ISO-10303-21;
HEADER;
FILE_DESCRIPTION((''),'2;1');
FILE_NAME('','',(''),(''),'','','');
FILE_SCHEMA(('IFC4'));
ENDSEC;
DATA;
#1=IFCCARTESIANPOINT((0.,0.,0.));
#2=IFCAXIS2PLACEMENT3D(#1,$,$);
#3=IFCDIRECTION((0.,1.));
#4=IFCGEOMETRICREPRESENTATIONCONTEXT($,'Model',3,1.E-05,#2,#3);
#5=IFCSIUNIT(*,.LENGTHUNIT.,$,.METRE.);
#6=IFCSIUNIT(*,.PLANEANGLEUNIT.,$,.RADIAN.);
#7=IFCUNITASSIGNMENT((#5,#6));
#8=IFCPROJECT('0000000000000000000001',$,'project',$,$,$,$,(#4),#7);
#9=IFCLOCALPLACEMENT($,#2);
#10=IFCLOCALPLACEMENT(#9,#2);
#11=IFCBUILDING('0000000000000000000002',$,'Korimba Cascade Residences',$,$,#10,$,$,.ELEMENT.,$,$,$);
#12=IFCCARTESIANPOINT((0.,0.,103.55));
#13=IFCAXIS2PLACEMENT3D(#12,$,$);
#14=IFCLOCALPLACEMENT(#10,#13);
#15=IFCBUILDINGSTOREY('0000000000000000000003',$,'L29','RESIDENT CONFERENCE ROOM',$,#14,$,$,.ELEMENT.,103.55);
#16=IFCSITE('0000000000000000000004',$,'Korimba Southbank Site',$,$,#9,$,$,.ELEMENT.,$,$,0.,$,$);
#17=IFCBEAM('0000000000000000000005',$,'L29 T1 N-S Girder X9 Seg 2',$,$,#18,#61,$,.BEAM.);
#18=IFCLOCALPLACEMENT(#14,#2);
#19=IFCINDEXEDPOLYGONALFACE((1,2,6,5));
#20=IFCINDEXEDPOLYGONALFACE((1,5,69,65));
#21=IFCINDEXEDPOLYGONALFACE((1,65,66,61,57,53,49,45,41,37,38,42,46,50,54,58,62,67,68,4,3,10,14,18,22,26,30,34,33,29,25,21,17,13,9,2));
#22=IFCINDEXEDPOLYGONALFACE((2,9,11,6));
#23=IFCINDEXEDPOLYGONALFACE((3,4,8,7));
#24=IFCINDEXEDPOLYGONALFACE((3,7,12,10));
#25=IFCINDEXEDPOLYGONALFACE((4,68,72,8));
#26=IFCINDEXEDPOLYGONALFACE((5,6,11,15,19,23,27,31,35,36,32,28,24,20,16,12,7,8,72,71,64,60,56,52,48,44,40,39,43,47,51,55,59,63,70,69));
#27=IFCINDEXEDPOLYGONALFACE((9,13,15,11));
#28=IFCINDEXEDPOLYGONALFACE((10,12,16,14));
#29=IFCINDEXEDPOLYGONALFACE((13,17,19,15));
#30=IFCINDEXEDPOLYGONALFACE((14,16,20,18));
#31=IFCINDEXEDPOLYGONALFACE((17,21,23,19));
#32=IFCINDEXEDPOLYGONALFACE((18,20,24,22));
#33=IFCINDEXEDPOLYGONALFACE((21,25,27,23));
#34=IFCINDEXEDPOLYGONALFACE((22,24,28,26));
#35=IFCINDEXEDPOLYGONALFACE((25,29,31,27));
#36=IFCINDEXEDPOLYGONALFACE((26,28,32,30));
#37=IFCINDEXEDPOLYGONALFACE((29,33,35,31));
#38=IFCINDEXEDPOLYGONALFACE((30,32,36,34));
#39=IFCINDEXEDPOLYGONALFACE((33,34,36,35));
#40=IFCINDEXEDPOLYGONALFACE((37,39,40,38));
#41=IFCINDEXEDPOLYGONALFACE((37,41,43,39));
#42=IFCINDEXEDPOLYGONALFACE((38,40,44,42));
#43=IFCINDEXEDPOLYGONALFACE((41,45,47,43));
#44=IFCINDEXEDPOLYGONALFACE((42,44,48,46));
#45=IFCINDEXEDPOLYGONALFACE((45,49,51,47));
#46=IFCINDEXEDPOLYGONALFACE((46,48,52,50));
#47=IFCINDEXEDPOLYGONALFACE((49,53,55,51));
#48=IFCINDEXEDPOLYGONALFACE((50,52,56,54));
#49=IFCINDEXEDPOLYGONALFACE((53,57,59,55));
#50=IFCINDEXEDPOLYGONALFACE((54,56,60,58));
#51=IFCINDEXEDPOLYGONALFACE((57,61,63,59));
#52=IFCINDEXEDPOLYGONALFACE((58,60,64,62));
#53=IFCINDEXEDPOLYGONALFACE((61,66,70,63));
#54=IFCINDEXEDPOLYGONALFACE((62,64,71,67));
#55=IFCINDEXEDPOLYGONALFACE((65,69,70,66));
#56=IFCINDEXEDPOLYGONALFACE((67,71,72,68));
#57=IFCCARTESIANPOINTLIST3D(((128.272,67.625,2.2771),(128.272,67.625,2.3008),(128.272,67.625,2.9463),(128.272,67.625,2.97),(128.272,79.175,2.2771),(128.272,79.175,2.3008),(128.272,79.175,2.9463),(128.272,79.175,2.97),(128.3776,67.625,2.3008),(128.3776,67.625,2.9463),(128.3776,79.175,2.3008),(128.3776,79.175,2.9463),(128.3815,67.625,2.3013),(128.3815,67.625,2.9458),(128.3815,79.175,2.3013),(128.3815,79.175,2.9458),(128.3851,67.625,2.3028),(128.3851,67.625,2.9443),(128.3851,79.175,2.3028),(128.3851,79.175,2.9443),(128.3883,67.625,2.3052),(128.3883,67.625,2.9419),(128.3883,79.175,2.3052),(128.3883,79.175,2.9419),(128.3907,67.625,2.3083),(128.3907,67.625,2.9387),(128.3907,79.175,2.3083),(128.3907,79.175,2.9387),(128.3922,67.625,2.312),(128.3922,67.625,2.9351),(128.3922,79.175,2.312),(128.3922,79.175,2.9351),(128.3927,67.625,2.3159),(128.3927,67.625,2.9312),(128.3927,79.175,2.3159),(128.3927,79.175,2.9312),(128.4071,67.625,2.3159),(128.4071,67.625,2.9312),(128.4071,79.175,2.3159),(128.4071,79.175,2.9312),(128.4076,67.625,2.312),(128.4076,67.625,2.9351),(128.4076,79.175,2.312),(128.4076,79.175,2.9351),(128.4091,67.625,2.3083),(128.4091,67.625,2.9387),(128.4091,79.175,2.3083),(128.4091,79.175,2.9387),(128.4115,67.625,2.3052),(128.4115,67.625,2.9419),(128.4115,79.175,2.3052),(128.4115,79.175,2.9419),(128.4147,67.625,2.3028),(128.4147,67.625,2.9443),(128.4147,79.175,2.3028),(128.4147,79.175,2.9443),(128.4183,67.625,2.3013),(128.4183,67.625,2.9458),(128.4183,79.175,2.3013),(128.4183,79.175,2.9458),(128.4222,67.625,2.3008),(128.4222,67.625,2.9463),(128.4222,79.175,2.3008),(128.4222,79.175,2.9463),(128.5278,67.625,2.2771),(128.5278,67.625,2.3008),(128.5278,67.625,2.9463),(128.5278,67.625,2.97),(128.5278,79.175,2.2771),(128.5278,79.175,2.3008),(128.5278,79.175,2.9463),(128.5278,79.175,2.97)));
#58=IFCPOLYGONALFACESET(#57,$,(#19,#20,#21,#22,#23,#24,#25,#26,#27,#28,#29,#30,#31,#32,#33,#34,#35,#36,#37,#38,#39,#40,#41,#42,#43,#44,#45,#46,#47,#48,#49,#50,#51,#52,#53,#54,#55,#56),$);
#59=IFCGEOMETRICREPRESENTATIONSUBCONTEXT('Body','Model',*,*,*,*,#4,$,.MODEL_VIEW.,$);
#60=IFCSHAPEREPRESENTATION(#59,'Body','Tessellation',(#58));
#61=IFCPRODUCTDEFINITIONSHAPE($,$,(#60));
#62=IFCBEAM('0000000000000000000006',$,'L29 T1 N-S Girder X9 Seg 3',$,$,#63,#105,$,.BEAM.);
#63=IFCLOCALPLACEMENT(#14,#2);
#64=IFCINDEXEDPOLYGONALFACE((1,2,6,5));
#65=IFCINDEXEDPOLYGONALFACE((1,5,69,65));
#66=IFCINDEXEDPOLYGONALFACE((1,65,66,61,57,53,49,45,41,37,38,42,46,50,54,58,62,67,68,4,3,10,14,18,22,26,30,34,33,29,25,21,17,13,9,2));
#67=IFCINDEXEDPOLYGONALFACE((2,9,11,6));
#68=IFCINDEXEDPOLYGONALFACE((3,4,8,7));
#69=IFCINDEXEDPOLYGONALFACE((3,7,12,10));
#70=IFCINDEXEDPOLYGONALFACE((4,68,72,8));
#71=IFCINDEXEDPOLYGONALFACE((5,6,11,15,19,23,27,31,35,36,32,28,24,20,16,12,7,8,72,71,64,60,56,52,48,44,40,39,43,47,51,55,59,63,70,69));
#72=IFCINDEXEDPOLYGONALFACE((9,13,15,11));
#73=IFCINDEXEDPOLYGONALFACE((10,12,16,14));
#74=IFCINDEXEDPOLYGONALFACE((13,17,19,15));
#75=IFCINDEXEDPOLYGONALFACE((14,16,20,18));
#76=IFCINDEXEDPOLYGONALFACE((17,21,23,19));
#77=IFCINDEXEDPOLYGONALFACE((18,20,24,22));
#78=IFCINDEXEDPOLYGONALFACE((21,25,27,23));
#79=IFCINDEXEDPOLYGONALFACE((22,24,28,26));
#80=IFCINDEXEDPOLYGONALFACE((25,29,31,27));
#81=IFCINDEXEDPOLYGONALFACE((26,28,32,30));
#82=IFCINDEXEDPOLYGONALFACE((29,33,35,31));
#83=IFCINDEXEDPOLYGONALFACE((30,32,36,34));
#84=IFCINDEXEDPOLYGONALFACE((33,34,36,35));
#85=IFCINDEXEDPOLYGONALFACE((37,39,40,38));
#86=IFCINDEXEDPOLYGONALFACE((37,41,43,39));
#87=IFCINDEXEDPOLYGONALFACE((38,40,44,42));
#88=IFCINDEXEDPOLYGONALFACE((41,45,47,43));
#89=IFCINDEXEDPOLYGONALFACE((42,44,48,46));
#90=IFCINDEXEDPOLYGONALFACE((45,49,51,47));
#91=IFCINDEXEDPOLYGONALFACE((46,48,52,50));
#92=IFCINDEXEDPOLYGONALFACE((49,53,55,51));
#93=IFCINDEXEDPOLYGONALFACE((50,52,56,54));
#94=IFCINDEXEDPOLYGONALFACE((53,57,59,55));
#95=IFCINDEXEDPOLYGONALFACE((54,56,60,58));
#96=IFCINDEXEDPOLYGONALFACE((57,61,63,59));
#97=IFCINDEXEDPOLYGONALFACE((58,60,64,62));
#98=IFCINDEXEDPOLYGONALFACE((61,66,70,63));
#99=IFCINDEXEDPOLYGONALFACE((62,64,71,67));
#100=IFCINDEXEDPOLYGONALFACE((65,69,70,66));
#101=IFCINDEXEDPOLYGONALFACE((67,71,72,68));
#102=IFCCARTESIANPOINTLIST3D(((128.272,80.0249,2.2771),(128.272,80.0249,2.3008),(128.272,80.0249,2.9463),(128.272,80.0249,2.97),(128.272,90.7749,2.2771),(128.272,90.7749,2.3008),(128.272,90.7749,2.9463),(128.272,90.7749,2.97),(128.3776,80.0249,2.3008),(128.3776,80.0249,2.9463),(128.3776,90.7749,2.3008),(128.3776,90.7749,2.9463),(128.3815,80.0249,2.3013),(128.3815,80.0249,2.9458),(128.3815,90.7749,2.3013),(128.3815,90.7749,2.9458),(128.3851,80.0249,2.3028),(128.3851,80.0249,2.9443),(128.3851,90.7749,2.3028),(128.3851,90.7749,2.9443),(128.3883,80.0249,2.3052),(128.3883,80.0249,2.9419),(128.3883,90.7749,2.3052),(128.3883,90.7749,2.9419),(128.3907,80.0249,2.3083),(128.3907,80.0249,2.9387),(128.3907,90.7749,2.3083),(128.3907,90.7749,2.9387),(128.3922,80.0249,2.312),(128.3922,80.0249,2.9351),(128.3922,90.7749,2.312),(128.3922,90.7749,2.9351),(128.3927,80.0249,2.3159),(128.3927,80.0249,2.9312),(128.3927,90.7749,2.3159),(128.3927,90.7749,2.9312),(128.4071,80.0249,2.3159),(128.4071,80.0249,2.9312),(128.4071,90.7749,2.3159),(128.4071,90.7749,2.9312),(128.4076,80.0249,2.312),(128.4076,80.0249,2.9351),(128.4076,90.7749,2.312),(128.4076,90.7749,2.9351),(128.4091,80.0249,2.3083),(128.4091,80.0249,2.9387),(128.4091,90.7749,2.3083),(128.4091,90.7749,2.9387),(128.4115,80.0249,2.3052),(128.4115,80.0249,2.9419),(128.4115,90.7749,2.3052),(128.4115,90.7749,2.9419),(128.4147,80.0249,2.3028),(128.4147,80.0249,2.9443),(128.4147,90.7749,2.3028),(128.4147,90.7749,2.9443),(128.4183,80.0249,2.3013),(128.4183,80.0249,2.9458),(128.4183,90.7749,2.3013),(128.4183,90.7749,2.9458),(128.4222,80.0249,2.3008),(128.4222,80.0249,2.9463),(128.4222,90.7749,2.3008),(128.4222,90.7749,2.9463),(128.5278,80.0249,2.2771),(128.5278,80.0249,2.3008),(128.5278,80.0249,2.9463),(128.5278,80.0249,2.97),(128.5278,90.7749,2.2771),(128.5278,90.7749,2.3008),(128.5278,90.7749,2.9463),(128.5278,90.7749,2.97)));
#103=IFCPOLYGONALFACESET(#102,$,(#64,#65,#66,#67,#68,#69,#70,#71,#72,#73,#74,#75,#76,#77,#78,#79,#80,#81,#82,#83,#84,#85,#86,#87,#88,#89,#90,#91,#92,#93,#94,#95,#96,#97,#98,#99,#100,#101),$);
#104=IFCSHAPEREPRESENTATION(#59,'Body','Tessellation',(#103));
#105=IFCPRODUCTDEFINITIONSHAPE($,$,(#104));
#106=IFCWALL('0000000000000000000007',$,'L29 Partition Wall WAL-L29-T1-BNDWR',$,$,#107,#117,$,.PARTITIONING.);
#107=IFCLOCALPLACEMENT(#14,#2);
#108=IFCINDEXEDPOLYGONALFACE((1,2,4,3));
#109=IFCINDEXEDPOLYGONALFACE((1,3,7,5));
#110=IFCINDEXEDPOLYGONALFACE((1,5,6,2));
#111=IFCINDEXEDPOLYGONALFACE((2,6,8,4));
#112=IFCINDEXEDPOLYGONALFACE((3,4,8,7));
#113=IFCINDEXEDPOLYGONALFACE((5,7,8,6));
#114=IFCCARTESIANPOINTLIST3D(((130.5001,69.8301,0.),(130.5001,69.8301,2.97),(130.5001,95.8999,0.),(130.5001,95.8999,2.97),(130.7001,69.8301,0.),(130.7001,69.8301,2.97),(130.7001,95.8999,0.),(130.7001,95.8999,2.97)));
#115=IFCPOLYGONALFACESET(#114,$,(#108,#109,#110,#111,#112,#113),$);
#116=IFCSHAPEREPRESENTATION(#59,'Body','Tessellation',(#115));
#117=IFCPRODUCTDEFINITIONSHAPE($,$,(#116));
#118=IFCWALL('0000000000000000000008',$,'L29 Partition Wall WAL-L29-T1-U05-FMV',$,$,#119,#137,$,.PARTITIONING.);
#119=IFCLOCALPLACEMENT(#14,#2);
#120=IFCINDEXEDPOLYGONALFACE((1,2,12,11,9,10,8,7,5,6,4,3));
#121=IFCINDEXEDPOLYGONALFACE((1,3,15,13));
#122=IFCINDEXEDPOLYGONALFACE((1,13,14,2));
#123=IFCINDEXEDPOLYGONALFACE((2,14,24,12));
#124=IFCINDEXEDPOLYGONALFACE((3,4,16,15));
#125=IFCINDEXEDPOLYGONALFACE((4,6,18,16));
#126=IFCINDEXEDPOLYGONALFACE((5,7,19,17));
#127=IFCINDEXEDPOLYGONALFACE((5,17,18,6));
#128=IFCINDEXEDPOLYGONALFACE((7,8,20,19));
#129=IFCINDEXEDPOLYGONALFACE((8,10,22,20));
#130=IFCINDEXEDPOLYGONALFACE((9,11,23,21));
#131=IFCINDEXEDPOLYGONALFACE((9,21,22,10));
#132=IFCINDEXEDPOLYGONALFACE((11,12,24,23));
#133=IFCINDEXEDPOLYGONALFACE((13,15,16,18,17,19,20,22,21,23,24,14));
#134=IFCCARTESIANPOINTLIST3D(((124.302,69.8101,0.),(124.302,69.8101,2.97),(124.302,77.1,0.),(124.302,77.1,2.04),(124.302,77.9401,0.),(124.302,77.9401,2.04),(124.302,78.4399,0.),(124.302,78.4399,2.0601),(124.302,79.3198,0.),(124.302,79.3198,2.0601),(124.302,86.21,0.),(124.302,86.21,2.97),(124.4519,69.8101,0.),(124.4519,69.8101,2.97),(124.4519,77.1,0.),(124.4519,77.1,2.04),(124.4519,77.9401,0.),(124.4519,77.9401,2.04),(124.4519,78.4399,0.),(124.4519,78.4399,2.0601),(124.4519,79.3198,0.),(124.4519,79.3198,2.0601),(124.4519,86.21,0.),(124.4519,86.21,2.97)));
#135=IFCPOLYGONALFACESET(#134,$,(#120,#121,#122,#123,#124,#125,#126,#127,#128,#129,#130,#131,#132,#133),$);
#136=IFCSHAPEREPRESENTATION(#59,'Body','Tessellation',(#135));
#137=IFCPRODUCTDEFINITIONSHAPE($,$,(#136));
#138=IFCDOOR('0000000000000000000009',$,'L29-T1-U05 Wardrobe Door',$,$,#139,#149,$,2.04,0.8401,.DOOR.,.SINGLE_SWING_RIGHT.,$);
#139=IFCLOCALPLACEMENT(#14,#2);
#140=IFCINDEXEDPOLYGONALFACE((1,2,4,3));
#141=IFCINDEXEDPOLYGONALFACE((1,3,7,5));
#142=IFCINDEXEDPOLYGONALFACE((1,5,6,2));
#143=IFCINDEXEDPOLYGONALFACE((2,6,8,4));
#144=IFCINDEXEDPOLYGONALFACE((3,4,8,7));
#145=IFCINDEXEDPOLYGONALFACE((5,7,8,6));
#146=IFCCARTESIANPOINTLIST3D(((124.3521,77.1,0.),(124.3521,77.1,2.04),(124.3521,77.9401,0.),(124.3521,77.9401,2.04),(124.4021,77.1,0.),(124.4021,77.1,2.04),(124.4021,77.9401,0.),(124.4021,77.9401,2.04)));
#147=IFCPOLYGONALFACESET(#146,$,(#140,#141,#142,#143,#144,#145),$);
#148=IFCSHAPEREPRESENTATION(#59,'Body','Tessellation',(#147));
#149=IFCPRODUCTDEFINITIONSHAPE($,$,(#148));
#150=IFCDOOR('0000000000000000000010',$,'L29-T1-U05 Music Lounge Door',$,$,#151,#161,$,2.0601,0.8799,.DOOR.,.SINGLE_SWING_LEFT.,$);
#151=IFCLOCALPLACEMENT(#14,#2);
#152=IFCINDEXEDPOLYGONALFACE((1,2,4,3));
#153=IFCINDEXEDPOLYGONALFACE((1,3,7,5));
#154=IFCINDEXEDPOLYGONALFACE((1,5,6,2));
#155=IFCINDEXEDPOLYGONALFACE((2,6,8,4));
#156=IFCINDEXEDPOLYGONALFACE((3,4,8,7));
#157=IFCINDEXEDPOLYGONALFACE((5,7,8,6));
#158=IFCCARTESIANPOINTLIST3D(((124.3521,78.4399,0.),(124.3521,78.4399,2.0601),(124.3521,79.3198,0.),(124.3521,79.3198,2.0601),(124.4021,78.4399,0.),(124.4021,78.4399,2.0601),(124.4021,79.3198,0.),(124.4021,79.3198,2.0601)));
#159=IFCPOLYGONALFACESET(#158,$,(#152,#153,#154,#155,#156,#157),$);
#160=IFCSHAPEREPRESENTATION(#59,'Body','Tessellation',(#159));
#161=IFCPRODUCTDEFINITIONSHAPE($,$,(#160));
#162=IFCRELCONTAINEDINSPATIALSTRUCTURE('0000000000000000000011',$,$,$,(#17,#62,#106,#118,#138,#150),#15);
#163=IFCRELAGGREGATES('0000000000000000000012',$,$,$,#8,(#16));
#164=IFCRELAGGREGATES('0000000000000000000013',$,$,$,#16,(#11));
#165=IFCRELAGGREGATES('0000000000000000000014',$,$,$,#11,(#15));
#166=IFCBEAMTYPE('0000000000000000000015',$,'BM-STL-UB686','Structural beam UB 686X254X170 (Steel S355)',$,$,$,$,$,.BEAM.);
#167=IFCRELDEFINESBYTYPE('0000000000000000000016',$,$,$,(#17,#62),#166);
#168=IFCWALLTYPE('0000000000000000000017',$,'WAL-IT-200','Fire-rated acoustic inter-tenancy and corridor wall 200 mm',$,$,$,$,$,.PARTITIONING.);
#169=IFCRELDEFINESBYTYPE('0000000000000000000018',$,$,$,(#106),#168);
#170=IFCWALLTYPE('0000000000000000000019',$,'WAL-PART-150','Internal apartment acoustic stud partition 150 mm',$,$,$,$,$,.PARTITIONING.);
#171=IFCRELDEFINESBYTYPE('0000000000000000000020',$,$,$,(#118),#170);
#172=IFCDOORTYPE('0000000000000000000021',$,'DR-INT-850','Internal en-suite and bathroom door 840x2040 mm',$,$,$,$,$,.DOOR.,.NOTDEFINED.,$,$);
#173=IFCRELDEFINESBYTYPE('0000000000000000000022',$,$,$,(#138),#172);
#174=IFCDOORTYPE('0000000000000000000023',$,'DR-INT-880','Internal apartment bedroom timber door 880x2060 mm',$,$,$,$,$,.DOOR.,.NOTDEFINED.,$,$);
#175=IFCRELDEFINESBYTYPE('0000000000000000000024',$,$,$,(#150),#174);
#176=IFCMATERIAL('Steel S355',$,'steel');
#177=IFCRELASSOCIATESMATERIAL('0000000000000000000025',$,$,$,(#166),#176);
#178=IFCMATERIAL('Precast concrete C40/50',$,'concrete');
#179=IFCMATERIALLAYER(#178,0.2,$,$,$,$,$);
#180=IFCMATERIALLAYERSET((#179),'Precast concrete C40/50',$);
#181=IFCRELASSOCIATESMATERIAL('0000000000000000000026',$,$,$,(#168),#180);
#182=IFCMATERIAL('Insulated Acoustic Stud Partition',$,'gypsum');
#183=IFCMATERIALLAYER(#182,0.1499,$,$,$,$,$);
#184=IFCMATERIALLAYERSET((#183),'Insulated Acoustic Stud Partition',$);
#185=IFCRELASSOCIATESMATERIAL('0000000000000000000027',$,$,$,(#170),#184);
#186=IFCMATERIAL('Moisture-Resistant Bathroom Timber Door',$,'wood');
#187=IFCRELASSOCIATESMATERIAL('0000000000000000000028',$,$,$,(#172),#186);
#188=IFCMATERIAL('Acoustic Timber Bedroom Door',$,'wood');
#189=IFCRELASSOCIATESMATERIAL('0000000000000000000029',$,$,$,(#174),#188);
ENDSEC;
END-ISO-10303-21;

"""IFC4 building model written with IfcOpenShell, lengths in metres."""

from ifc_helpers import new_model, si_unit, direction, frame, frame_2d, origin, origin_2d, place, context, subcontext, project, spatial, rectangle, i_section, extrude, material, layer, layer_set, material_profile, profile_set, type_object, element, fill, save


model = new_model("IFC4")

# Units and contexts
model_context = context("Model", 3, precision=1e-05, world=origin(), true_north=direction((0.0, 1.0)))
body_context = subcontext(model_context, "Body", "Model", "MODEL_VIEW")
ifc_project = project(units=[si_unit("LENGTHUNIT", "METRE"), si_unit("PLANEANGLEUNIT", "RADIAN")], contexts=[model_context])

# Site, building, storey
site_placement = place(None, origin())
site = spatial("IfcSite", under=ifc_project, at=site_placement, Name="Korimba Southbank Site", CompositionType="ELEMENT", RefElevation=0.0)
building_placement = place(site_placement, origin())
building = spatial("IfcBuilding", under=site, at=building_placement, Name="Korimba Cascade Residences", CompositionType="ELEMENT")
storey_placement = place(building_placement, frame((0.0, 0.0, 103.55)))
storey = spatial("IfcBuildingStorey", under=building, at=storey_placement, Name="L29", Description="RESIDENT CONFERENCE ROOM", CompositionType="ELEMENT", Elevation=103.55)

# Beams
ifc_material_1 = material(Name="Steel S355", Category="steel")
ifc_material_profile_1 = material_profile(ifc_material_1, i_section(OverallWidth=0.2559, OverallDepth=0.6929, WebThickness=0.0144, FlangeThickness=0.0237, FilletRadius=0.0151, at=origin_2d()), Name="Steel S355")
ifc_profile_set_1 = profile_set([ifc_material_profile_1], Name="Steel S355")
beam_type_1 = type_object("IfcBeamType", Name="BM-STL-UB686", Description="Structural beam UB 686X254X170 (Steel S355)", PredefinedType="BEAM", material=ifc_profile_set_1)
beam_1_placement = place(storey_placement, frame((128.3999, 67.625, 2.6235), z_axis=(0.0, 1.0, 0.0), x_axis=(-1.0, 0.0, 0.0)))
element("IfcBeam", 1, at=beam_1_placement, inside=storey, type_object=beam_type_1, Name="L29 T1 N-S Girder X9 Seg 2", PredefinedType="BEAM", context=body_context, shape_type="SweptSolid", body=[
    extrude(i_section(OverallWidth=0.2559, OverallDepth=0.6929, WebThickness=0.0144, FlangeThickness=0.0237, FilletRadius=0.0151, at=origin_2d()), origin(), (0.0, 0.0, 1.0), 11.55),
])
beam_2_placement = place(storey_placement, frame((128.3999, 80.0249, 2.6235), z_axis=(0.0, 1.0, 0.0), x_axis=(-1.0, 0.0, 0.0)))
element("IfcBeam", 2, at=beam_2_placement, inside=storey, type_object=beam_type_1, Name="L29 T1 N-S Girder X9 Seg 3", PredefinedType="BEAM", context=body_context, shape_type="SweptSolid", body=[
    extrude(i_section(OverallWidth=0.2559, OverallDepth=0.6929, WebThickness=0.0144, FlangeThickness=0.0237, FilletRadius=0.0151, at=origin_2d()), origin(), (0.0, 0.0, 1.0), 10.75),
])

# Wall
ifc_material_2 = material(Name="Precast concrete C40/50", Category="concrete")
ifc_layer_1 = layer(ifc_material_2, 0.2)
ifc_layer_set_1 = layer_set([ifc_layer_1], Name="Precast concrete C40/50")
wall_type_1 = type_object("IfcWallType", Name="WAL-IT-200", Description="Fire-rated acoustic inter-tenancy and corridor wall 200 mm", PredefinedType="PARTITIONING", material=ifc_layer_set_1)
wall_1_placement = place(storey_placement, frame((130.6001, 69.8301, 0.0), z_axis=(0.0, 0.0, 1.0), x_axis=(0.0, 1.0, 0.0)))
element("IfcWall", 3, at=wall_1_placement, inside=storey, type_object=wall_type_1, Name="L29 Partition Wall WAL-L29-T1-BNDWR", PredefinedType="PARTITIONING", context=body_context, shape_type="SweptSolid", body=[
    extrude(rectangle(XDim=26.0698, YDim=0.2, at=frame_2d((13.0349, 0.0))), origin(), (0.0, 0.0, 1.0), 2.97),
])

# Wall, openings, doors
ifc_material_3 = material(Name="Insulated Acoustic Stud Partition", Category="gypsum")
ifc_layer_2 = layer(ifc_material_3, 0.1499)
ifc_layer_set_2 = layer_set([ifc_layer_2], Name="Insulated Acoustic Stud Partition")
wall_type_2 = type_object("IfcWallType", Name="WAL-PART-150", Description="Internal apartment acoustic stud partition 150 mm", PredefinedType="PARTITIONING", material=ifc_layer_set_2)
wall_2_placement = place(storey_placement, frame((124.377, 69.8101, 0.0), z_axis=(0.0, 0.0, 1.0), x_axis=(0.0, 1.0, 0.0)))
wall_2 = element("IfcWall", 4, at=wall_2_placement, inside=storey, type_object=wall_type_2, Name="L29 Partition Wall WAL-L29-T1-U05-FMV", PredefinedType="PARTITIONING", context=body_context, shape_type="SweptSolid", body=[
    extrude(rectangle(XDim=16.3999, YDim=0.1499, at=frame_2d((8.2, 0.0))), origin(), (0.0, 0.0, 1.0), 2.97),
])
opening_1_placement = place(wall_2_placement, frame((7.29, 0.0, 0.0)))
opening_1 = element("IfcOpeningElement", 5, at=opening_1_placement, cuts=wall_2, PredefinedType="OPENING", context=body_context, shape_type="SweptSolid", body=[
    extrude(rectangle(XDim=0.8401, YDim=2.04, at=frame_2d((0.4199, 1.02))), frame((0.0, 0.085, 0.0), z_axis=(0.0, -1.0, 0.0), x_axis=(1.0, 0.0, 0.0)), (0.0, 0.0, 1.0), 0.1699),
])
opening_2_placement = place(wall_2_placement, frame((8.6299, 0.0, 0.0)))
opening_2 = element("IfcOpeningElement", 6, at=opening_2_placement, cuts=wall_2, PredefinedType="OPENING", context=body_context, shape_type="SweptSolid", body=[
    extrude(rectangle(XDim=0.8799, YDim=2.0601, at=frame_2d((0.4399, 1.03))), frame((0.0, 0.085, 0.0), z_axis=(0.0, -1.0, 0.0), x_axis=(1.0, 0.0, 0.0)), (0.0, 0.0, 1.0), 0.1699),
])
ifc_material_4 = material(Name="Moisture-Resistant Bathroom Timber Door", Category="wood")
door_type_1 = type_object("IfcDoorType", Name="DR-INT-850", Description="Internal en-suite and bathroom door 840x2040 mm", OperationType="NOTDEFINED", PredefinedType="DOOR", material=ifc_material_4)
door_1_placement = place(opening_1_placement, origin())
door_1 = element("IfcDoor", 7, at=door_1_placement, inside=storey, type_object=door_type_1, Name="L29-T1-U05 Wardrobe Door", OperationType="SINGLE_SWING_RIGHT", OverallHeight=2.04, OverallWidth=0.8401, PredefinedType="DOOR", context=body_context, shape_type="SweptSolid", body=[
    extrude(rectangle(XDim=0.8401, YDim=2.04, at=frame_2d((0.4199, 1.02))), frame((0.0, 0.0249, 0.0), z_axis=(0.0, -1.0, 0.0), x_axis=(1.0, 0.0, 0.0)), (0.0, 0.0, 1.0), 0.05),
])
fill(opening_1, door_1)
ifc_material_5 = material(Name="Acoustic Timber Bedroom Door", Category="wood")
door_type_2 = type_object("IfcDoorType", Name="DR-INT-880", Description="Internal apartment bedroom timber door 880x2060 mm", OperationType="NOTDEFINED", PredefinedType="DOOR", material=ifc_material_5)
door_2_placement = place(opening_2_placement, origin())
door_2 = element("IfcDoor", 8, at=door_2_placement, inside=storey, type_object=door_type_2, Name="L29-T1-U05 Music Lounge Door", OperationType="SINGLE_SWING_LEFT", OverallHeight=2.0601, OverallWidth=0.8799, PredefinedType="DOOR", context=body_context, shape_type="SweptSolid", body=[
    extrude(rectangle(XDim=0.8799, YDim=2.0601, at=frame_2d((0.4399, 1.03))), frame((0.0, 0.0249, 0.0), z_axis=(0.0, -1.0, 0.0), x_axis=(1.0, 0.0, 0.0)), (0.0, 0.0, 1.0), 0.05),
])
fill(opening_2, door_2)

save(model, "model.ifc")
